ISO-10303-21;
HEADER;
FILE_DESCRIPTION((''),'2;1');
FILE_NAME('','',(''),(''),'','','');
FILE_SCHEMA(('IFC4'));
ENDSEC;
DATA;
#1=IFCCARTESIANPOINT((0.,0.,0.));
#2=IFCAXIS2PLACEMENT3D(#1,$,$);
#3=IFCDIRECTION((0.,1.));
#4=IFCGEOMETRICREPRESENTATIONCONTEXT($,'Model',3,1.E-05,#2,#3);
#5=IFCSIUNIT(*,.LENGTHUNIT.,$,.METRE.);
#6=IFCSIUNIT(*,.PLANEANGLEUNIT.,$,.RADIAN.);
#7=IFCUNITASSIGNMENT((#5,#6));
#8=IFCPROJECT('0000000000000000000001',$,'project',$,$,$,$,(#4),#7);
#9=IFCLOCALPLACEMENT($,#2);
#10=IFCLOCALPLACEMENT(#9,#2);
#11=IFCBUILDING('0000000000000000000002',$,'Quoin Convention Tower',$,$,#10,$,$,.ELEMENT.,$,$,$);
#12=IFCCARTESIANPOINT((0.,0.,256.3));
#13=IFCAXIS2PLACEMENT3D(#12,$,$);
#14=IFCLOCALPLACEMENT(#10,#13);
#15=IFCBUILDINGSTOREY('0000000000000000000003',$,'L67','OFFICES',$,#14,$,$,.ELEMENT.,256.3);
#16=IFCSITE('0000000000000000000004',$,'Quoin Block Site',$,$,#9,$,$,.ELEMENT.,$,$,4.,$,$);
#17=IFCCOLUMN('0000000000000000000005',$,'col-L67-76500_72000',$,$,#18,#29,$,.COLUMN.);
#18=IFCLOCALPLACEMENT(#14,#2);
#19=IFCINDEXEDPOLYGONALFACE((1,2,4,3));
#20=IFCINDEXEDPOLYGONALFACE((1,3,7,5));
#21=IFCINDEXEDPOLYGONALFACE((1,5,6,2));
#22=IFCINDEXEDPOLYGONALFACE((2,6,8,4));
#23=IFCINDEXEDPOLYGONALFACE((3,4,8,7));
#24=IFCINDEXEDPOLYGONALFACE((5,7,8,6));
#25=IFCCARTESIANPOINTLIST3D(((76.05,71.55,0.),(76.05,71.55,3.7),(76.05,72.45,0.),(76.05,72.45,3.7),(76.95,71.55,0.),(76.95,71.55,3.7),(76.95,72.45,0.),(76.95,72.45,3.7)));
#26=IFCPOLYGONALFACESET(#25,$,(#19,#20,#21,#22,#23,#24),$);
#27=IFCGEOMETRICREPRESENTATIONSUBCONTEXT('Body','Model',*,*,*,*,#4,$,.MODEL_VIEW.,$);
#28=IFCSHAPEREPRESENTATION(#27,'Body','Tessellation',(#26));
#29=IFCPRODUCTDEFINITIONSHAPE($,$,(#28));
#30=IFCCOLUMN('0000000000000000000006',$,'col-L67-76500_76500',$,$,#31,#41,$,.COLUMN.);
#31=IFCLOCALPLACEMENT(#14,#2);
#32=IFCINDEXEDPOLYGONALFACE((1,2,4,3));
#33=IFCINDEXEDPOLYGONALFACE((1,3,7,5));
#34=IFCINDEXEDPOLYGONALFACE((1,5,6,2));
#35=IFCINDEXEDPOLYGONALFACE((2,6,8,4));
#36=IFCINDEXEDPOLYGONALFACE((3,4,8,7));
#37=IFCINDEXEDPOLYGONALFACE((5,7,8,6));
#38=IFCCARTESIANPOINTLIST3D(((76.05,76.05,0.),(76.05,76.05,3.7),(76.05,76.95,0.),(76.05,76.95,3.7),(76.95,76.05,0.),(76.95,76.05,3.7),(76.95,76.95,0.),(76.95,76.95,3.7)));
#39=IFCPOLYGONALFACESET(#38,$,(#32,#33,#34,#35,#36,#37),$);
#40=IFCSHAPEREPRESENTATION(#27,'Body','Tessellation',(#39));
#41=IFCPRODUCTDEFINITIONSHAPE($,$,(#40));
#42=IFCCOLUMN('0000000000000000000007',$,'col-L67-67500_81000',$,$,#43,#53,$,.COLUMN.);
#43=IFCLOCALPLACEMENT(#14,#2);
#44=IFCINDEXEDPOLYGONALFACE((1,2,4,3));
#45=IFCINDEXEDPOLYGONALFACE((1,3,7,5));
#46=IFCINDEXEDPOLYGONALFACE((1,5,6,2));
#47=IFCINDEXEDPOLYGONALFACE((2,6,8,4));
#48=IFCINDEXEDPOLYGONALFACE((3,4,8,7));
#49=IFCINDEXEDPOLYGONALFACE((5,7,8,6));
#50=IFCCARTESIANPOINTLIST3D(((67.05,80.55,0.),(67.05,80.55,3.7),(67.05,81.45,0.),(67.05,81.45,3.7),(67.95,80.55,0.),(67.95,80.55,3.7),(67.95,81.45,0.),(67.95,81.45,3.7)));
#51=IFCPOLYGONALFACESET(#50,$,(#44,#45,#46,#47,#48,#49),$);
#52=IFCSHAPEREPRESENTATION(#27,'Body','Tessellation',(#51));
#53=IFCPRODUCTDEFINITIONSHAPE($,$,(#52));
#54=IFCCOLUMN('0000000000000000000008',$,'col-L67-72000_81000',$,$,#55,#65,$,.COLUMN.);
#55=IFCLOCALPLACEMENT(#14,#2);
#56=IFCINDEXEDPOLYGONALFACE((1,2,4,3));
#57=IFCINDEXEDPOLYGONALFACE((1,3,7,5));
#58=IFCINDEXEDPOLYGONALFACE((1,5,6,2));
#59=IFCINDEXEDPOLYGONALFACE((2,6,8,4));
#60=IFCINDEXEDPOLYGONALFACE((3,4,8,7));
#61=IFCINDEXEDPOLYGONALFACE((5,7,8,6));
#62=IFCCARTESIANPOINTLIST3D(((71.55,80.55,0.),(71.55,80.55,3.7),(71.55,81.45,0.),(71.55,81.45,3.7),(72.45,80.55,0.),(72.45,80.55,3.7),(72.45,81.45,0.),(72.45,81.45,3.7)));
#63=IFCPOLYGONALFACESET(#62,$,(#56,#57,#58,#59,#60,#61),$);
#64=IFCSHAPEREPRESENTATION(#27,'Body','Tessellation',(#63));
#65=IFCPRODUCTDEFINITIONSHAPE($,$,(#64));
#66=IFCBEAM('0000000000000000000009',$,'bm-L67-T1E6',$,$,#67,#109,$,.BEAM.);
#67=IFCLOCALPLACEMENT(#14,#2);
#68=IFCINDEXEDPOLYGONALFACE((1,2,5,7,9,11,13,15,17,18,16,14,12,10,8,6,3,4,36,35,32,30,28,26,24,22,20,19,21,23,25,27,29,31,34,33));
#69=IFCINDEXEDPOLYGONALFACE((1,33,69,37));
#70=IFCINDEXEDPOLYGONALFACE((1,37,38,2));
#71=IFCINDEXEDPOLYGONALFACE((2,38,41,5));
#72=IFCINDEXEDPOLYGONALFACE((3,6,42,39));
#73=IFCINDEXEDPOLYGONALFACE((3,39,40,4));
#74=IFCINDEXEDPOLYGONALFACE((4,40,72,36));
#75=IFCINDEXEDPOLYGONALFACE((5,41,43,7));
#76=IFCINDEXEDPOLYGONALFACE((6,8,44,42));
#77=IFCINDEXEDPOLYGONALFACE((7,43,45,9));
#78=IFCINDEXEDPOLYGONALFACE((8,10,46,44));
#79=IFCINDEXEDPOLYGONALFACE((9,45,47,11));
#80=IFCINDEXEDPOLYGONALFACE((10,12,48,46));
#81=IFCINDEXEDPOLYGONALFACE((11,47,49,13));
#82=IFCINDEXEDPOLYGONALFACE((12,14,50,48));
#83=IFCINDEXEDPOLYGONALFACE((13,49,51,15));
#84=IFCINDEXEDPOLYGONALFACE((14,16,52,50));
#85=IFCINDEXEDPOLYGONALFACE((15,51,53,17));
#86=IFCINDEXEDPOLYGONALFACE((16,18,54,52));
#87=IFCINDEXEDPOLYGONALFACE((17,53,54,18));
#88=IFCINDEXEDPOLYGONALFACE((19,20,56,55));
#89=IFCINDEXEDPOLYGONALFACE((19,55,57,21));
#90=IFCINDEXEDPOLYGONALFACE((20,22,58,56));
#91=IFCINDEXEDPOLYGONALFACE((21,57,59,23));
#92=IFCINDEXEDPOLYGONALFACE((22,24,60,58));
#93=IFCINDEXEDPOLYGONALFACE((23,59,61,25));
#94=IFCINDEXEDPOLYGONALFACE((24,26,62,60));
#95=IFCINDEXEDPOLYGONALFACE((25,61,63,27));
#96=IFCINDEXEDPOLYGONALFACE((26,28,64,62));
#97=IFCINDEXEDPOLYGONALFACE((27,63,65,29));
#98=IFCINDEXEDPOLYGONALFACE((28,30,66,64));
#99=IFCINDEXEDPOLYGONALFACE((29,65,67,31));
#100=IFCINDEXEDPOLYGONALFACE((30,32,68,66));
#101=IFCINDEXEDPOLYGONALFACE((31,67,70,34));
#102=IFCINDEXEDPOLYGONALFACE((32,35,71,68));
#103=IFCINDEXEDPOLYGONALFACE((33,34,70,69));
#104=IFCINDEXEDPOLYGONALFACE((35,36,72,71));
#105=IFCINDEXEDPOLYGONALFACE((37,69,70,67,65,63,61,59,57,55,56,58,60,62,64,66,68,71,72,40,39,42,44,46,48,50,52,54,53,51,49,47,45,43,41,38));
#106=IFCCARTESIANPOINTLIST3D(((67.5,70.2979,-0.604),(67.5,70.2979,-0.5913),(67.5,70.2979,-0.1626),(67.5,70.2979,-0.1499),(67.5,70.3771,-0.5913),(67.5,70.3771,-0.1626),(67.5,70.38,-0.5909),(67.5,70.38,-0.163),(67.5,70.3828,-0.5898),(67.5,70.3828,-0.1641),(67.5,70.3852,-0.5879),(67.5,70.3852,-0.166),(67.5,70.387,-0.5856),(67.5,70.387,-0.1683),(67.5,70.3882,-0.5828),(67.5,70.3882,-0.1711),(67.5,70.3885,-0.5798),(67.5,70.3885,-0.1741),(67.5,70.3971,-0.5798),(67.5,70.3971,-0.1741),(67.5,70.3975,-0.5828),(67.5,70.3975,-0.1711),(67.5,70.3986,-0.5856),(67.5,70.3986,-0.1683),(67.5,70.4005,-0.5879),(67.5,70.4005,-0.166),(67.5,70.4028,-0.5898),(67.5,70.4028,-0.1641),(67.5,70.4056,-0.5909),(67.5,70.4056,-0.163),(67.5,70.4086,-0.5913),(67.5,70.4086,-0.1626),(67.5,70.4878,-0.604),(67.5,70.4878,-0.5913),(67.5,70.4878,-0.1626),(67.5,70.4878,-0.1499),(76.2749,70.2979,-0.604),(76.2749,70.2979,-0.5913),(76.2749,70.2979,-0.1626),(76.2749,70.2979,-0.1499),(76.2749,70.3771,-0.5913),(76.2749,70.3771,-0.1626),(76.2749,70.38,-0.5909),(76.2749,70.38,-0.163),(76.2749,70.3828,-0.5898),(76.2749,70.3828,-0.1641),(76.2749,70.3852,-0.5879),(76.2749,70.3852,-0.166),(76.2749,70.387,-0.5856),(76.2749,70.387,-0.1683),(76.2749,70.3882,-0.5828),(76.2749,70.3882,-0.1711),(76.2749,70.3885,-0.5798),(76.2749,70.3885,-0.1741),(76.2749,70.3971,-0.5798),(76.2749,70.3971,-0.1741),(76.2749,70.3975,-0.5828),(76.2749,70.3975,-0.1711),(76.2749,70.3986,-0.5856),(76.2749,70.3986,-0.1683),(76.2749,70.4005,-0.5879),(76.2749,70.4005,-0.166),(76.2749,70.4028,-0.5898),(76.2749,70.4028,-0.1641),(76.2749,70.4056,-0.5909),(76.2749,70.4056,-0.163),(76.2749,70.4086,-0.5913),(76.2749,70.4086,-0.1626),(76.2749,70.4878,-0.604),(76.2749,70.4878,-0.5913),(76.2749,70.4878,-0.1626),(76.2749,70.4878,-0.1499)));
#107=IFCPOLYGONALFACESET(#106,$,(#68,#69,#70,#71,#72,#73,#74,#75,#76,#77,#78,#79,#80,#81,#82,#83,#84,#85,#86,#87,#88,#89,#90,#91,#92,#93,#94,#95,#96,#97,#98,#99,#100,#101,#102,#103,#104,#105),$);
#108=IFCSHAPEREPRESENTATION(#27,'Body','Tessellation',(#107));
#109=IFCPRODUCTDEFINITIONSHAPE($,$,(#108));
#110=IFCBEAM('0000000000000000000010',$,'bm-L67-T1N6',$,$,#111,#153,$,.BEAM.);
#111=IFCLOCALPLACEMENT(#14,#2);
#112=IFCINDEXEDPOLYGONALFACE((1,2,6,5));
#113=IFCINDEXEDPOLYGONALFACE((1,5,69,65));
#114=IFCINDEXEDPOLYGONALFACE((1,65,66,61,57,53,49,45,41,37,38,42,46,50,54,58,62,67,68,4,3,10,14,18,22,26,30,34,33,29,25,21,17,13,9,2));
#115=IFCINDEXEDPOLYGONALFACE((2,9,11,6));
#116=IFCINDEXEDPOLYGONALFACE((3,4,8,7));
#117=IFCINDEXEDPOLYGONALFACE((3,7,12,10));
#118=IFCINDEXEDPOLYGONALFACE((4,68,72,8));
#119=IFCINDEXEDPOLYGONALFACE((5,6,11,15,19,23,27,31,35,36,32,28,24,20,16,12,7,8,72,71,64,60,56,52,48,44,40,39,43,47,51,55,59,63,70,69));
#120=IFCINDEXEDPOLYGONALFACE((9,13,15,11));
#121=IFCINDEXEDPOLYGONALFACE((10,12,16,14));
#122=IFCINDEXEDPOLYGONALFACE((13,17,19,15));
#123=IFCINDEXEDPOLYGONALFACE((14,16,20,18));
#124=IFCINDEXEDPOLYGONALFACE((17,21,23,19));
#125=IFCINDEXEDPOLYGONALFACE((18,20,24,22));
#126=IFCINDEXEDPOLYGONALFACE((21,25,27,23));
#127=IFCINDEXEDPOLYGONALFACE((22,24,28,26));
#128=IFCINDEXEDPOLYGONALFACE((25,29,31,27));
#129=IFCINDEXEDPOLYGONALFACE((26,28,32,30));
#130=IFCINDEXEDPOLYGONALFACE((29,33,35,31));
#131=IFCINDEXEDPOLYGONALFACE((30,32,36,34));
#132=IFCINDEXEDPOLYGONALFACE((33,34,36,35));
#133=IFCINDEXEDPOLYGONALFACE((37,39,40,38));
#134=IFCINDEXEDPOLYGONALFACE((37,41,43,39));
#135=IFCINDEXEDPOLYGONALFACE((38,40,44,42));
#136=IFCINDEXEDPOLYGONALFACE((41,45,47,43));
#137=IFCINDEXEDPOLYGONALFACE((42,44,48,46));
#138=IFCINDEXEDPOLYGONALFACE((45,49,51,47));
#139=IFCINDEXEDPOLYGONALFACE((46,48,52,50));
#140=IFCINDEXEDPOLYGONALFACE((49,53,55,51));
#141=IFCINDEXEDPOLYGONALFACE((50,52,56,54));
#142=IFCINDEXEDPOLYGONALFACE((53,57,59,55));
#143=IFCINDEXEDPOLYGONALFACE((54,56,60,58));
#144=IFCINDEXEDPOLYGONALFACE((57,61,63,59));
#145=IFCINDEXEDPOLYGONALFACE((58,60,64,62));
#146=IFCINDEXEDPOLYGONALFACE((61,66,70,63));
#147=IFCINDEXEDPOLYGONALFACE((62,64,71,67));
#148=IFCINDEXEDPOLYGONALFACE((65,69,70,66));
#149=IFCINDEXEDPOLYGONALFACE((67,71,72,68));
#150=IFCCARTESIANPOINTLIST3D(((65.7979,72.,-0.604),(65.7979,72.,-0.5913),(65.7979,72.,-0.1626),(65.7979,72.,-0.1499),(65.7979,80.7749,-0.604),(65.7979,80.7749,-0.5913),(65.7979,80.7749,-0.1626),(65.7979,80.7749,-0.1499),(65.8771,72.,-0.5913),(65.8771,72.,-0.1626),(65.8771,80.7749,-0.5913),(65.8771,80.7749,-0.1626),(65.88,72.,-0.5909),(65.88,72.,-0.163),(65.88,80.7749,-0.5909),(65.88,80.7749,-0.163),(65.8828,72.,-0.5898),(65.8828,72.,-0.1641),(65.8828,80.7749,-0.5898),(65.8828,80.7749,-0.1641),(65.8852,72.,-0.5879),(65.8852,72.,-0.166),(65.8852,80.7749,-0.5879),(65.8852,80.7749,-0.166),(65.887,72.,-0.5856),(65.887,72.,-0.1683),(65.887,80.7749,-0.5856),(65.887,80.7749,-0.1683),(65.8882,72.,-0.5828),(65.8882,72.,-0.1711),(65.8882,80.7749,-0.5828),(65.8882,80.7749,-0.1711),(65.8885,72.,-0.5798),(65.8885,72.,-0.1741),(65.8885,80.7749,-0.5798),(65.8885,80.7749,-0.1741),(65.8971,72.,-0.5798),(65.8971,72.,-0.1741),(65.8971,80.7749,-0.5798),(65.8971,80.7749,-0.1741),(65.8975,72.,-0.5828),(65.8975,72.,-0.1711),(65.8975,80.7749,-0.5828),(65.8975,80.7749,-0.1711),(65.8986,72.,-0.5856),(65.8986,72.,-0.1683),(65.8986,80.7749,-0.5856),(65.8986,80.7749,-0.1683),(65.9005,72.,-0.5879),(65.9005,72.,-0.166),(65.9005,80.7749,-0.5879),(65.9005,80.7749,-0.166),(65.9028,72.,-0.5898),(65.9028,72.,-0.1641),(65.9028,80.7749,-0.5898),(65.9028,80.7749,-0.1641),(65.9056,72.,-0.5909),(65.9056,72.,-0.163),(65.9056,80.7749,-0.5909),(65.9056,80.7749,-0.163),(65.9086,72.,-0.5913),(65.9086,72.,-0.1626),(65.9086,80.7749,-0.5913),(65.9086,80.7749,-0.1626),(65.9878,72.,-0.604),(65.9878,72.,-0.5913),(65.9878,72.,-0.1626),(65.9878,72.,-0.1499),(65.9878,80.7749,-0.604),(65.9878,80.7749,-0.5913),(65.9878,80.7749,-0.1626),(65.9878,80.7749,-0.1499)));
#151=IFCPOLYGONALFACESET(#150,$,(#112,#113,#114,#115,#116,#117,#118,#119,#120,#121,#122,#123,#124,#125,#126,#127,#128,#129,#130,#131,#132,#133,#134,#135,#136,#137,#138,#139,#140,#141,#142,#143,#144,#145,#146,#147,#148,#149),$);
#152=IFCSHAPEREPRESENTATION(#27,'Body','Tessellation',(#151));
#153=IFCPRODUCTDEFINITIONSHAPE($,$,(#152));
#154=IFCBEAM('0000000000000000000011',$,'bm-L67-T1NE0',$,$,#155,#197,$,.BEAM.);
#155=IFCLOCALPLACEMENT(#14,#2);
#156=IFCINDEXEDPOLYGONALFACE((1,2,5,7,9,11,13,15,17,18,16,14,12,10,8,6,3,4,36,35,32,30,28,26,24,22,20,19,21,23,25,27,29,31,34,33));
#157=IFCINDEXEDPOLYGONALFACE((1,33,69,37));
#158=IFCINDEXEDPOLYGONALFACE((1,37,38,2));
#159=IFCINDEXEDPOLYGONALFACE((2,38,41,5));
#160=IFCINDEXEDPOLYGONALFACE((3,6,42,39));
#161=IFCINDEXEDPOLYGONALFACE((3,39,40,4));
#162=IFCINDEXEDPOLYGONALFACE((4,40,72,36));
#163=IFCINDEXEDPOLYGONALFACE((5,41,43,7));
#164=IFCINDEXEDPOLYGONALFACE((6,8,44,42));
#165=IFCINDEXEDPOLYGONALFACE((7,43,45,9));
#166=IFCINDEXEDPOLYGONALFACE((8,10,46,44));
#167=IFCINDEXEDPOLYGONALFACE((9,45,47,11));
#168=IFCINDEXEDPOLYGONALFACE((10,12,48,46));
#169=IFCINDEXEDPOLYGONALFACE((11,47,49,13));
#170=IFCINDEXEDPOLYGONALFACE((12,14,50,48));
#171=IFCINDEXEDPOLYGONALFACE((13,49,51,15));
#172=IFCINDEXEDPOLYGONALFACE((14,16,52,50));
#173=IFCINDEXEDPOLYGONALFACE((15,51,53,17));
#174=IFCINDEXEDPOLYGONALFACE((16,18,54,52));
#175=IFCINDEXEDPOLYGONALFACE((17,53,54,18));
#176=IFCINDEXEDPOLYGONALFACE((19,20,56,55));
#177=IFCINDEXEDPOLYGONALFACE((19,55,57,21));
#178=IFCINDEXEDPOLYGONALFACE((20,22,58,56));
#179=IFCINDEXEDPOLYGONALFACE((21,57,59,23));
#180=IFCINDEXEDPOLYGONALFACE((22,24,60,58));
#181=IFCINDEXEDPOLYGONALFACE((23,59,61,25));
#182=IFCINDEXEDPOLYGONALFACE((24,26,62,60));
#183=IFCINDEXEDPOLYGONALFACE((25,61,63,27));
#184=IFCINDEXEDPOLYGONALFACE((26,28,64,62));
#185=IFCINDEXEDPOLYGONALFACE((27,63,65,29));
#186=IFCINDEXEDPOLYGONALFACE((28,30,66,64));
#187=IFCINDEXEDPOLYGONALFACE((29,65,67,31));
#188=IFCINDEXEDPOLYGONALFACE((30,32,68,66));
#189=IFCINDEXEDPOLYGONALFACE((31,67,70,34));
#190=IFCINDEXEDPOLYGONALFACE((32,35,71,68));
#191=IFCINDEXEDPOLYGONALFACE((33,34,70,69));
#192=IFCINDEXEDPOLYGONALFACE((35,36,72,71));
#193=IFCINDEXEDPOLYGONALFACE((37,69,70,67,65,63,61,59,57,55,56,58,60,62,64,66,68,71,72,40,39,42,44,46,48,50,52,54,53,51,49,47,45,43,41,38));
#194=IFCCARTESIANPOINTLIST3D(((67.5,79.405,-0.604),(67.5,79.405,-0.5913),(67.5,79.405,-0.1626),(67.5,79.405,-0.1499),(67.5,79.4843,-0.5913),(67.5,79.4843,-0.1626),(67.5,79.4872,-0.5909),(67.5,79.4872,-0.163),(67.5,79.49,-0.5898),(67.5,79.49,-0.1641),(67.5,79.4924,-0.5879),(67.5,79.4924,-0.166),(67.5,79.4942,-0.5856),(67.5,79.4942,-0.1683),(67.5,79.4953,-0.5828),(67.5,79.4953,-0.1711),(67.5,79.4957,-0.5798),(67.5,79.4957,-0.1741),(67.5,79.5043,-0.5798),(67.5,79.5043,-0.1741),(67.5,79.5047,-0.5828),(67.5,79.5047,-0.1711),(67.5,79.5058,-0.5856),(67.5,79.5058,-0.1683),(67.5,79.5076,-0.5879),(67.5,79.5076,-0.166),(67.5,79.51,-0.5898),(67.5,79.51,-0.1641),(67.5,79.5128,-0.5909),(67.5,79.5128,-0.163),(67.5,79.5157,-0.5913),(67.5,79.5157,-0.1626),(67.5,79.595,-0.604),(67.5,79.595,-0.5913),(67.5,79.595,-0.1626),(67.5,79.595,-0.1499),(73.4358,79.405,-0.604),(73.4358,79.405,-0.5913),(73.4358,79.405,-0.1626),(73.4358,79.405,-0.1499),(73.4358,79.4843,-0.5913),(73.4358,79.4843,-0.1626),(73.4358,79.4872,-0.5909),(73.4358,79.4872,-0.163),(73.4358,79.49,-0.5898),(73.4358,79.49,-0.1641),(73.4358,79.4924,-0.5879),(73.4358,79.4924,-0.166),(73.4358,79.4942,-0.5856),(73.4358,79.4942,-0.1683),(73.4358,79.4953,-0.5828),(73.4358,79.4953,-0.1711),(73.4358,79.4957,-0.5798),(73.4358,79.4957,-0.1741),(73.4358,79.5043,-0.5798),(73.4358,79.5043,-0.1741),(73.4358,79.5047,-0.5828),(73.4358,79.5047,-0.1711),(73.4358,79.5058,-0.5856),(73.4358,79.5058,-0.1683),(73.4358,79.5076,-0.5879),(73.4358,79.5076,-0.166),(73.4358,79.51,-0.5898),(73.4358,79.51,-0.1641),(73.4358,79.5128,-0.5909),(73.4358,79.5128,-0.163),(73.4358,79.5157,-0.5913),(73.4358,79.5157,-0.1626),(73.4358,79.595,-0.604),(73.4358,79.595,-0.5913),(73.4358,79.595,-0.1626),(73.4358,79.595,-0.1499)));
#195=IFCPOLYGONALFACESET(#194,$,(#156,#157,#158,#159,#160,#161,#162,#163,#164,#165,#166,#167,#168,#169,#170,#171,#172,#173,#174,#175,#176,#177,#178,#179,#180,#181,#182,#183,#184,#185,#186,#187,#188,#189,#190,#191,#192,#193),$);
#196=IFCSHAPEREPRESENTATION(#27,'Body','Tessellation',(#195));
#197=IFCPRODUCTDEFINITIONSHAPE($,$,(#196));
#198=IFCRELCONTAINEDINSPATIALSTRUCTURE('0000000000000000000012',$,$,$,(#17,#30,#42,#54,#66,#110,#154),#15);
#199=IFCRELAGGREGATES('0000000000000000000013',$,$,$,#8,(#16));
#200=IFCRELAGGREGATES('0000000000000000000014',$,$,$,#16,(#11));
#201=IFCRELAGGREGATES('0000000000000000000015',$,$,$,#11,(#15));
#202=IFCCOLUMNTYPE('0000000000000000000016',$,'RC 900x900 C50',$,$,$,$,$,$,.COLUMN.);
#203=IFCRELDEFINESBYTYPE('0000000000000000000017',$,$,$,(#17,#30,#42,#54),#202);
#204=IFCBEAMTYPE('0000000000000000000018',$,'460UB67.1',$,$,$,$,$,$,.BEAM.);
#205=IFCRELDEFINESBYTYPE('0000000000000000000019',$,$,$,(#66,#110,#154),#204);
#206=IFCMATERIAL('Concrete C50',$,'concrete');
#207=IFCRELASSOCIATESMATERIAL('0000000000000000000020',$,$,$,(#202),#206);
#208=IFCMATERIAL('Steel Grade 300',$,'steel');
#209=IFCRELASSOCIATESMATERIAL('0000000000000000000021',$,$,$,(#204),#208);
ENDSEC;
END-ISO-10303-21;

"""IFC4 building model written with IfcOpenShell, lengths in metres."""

from ifc_helpers import new_model, si_unit, direction, frame, origin, origin_2d, place, context, subcontext, project, spatial, rectangle, i_section, extrude, material, material_profile, profile_set, type_object, element, save


model = new_model("IFC4")

# Units and contexts
model_context = context("Model", 3, precision=1e-05, world=origin(), true_north=direction((0.0, 1.0)))
body_context = subcontext(model_context, "Body", "Model", "MODEL_VIEW")
ifc_project = project(units=[si_unit("LENGTHUNIT", "METRE"), si_unit("PLANEANGLEUNIT", "RADIAN")], contexts=[model_context])

# Site, building, storey
site_placement = place(None, origin())
site = spatial("IfcSite", under=ifc_project, at=site_placement, Name="Quoin Block Site", CompositionType="ELEMENT", RefElevation=4.0)
building_placement = place(site_placement, origin())
building = spatial("IfcBuilding", under=site, at=building_placement, Name="Quoin Convention Tower", CompositionType="ELEMENT")
storey_placement = place(building_placement, frame((0.0, 0.0, 256.3)))
storey = spatial("IfcBuildingStorey", under=building, at=storey_placement, Name="L67", Description="OFFICES", CompositionType="ELEMENT", Elevation=256.3)

# Columns
ifc_material_1 = material(Name="Concrete C50", Category="concrete")
ifc_material_profile_1 = material_profile(ifc_material_1, rectangle(XDim=0.8999, YDim=0.8999, at=origin_2d()), Name="RC 900x900")
ifc_profile_set_1 = profile_set([ifc_material_profile_1], Name="Concrete C50")
column_type = type_object("IfcColumnType", Name="RC 900x900 C50", PredefinedType="COLUMN", material=ifc_profile_set_1)
for number, where, z_axis, x_axis, name in (
    (1, (76.5, 72.0, 0.0), (0.0, 0.0, 1.0), (1.0, 0.0, 0.0), "col-L67-76500_72000"),
    (2, (76.5, 76.5, 0.0), (0.0, 0.0, 1.0), (1.0, 0.0, 0.0), "col-L67-76500_76500"),
    (3, (67.5, 81.0, 0.0), (0.0, 0.0, 1.0), (1.0, 0.0, 0.0), "col-L67-67500_81000"),
    (4, (72.0, 81.0, 0.0), (0.0, 0.0, 1.0), (1.0, 0.0, 0.0), "col-L67-72000_81000"),
):
    element("IfcColumn", number, at=place(storey_placement, frame(where, z_axis=z_axis, x_axis=x_axis)), inside=storey, type_object=column_type, Name=name, PredefinedType="COLUMN", context=body_context, shape_type="SweptSolid", body=[
        extrude(rectangle(XDim=0.8999, YDim=0.8999, at=origin_2d()), origin(), (0.0, 0.0, 1.0), 3.7),
    ])

# Beams
ifc_material_2 = material(Name="Steel Grade 300", Category="steel")
ifc_material_profile_2 = material_profile(ifc_material_2, i_section(OverallWidth=0.1899, OverallDepth=0.4541, WebThickness=0.0085, FlangeThickness=0.0127, FilletRadius=0.0115, at=origin_2d()), Name="460UB67.1")
ifc_profile_set_2 = profile_set([ifc_material_profile_2], Name="Steel Grade 300")
beam_type_1 = type_object("IfcBeamType", Name="460UB67.1", PredefinedType="BEAM", material=ifc_profile_set_2)
for number, where, z_axis, x_axis, name in (
    (5, (67.5, 70.3928, -0.377), (1.0, 0.0, 0.0), (0.0, 1.0, 0.0), "bm-L67-T1E6"),
    (6, (65.8928, 72.0, -0.377), (0.0, 1.0, 0.0), (-1.0, 0.0, 0.0), "bm-L67-T1N6"),
):
    element("IfcBeam", number, at=place(storey_placement, frame(where, z_axis=z_axis, x_axis=x_axis)), inside=storey, type_object=beam_type_1, Name=name, PredefinedType="BEAM", context=body_context, shape_type="SweptSolid", body=[
        extrude(i_section(OverallWidth=0.1899, OverallDepth=0.4541, WebThickness=0.0085, FlangeThickness=0.0127, FilletRadius=0.0115, at=origin_2d()), origin(), (0.0, 0.0, 1.0), 8.7749),
    ])
beam_1_placement = place(storey_placement, frame((67.5, 79.5, -0.377), z_axis=(1.0, 0.0, 0.0), x_axis=(0.0, 1.0, 0.0)))
element("IfcBeam", 7, at=beam_1_placement, inside=storey, type_object=beam_type_1, Name="bm-L67-T1NE0", PredefinedType="BEAM", context=body_context, shape_type="SweptSolid", body=[
    extrude(i_section(OverallWidth=0.1899, OverallDepth=0.4541, WebThickness=0.0085, FlangeThickness=0.0127, FilletRadius=0.0115, at=origin_2d()), origin(), (0.0, 0.0, 1.0), 5.9358),
])

save(model, "model.ifc")
